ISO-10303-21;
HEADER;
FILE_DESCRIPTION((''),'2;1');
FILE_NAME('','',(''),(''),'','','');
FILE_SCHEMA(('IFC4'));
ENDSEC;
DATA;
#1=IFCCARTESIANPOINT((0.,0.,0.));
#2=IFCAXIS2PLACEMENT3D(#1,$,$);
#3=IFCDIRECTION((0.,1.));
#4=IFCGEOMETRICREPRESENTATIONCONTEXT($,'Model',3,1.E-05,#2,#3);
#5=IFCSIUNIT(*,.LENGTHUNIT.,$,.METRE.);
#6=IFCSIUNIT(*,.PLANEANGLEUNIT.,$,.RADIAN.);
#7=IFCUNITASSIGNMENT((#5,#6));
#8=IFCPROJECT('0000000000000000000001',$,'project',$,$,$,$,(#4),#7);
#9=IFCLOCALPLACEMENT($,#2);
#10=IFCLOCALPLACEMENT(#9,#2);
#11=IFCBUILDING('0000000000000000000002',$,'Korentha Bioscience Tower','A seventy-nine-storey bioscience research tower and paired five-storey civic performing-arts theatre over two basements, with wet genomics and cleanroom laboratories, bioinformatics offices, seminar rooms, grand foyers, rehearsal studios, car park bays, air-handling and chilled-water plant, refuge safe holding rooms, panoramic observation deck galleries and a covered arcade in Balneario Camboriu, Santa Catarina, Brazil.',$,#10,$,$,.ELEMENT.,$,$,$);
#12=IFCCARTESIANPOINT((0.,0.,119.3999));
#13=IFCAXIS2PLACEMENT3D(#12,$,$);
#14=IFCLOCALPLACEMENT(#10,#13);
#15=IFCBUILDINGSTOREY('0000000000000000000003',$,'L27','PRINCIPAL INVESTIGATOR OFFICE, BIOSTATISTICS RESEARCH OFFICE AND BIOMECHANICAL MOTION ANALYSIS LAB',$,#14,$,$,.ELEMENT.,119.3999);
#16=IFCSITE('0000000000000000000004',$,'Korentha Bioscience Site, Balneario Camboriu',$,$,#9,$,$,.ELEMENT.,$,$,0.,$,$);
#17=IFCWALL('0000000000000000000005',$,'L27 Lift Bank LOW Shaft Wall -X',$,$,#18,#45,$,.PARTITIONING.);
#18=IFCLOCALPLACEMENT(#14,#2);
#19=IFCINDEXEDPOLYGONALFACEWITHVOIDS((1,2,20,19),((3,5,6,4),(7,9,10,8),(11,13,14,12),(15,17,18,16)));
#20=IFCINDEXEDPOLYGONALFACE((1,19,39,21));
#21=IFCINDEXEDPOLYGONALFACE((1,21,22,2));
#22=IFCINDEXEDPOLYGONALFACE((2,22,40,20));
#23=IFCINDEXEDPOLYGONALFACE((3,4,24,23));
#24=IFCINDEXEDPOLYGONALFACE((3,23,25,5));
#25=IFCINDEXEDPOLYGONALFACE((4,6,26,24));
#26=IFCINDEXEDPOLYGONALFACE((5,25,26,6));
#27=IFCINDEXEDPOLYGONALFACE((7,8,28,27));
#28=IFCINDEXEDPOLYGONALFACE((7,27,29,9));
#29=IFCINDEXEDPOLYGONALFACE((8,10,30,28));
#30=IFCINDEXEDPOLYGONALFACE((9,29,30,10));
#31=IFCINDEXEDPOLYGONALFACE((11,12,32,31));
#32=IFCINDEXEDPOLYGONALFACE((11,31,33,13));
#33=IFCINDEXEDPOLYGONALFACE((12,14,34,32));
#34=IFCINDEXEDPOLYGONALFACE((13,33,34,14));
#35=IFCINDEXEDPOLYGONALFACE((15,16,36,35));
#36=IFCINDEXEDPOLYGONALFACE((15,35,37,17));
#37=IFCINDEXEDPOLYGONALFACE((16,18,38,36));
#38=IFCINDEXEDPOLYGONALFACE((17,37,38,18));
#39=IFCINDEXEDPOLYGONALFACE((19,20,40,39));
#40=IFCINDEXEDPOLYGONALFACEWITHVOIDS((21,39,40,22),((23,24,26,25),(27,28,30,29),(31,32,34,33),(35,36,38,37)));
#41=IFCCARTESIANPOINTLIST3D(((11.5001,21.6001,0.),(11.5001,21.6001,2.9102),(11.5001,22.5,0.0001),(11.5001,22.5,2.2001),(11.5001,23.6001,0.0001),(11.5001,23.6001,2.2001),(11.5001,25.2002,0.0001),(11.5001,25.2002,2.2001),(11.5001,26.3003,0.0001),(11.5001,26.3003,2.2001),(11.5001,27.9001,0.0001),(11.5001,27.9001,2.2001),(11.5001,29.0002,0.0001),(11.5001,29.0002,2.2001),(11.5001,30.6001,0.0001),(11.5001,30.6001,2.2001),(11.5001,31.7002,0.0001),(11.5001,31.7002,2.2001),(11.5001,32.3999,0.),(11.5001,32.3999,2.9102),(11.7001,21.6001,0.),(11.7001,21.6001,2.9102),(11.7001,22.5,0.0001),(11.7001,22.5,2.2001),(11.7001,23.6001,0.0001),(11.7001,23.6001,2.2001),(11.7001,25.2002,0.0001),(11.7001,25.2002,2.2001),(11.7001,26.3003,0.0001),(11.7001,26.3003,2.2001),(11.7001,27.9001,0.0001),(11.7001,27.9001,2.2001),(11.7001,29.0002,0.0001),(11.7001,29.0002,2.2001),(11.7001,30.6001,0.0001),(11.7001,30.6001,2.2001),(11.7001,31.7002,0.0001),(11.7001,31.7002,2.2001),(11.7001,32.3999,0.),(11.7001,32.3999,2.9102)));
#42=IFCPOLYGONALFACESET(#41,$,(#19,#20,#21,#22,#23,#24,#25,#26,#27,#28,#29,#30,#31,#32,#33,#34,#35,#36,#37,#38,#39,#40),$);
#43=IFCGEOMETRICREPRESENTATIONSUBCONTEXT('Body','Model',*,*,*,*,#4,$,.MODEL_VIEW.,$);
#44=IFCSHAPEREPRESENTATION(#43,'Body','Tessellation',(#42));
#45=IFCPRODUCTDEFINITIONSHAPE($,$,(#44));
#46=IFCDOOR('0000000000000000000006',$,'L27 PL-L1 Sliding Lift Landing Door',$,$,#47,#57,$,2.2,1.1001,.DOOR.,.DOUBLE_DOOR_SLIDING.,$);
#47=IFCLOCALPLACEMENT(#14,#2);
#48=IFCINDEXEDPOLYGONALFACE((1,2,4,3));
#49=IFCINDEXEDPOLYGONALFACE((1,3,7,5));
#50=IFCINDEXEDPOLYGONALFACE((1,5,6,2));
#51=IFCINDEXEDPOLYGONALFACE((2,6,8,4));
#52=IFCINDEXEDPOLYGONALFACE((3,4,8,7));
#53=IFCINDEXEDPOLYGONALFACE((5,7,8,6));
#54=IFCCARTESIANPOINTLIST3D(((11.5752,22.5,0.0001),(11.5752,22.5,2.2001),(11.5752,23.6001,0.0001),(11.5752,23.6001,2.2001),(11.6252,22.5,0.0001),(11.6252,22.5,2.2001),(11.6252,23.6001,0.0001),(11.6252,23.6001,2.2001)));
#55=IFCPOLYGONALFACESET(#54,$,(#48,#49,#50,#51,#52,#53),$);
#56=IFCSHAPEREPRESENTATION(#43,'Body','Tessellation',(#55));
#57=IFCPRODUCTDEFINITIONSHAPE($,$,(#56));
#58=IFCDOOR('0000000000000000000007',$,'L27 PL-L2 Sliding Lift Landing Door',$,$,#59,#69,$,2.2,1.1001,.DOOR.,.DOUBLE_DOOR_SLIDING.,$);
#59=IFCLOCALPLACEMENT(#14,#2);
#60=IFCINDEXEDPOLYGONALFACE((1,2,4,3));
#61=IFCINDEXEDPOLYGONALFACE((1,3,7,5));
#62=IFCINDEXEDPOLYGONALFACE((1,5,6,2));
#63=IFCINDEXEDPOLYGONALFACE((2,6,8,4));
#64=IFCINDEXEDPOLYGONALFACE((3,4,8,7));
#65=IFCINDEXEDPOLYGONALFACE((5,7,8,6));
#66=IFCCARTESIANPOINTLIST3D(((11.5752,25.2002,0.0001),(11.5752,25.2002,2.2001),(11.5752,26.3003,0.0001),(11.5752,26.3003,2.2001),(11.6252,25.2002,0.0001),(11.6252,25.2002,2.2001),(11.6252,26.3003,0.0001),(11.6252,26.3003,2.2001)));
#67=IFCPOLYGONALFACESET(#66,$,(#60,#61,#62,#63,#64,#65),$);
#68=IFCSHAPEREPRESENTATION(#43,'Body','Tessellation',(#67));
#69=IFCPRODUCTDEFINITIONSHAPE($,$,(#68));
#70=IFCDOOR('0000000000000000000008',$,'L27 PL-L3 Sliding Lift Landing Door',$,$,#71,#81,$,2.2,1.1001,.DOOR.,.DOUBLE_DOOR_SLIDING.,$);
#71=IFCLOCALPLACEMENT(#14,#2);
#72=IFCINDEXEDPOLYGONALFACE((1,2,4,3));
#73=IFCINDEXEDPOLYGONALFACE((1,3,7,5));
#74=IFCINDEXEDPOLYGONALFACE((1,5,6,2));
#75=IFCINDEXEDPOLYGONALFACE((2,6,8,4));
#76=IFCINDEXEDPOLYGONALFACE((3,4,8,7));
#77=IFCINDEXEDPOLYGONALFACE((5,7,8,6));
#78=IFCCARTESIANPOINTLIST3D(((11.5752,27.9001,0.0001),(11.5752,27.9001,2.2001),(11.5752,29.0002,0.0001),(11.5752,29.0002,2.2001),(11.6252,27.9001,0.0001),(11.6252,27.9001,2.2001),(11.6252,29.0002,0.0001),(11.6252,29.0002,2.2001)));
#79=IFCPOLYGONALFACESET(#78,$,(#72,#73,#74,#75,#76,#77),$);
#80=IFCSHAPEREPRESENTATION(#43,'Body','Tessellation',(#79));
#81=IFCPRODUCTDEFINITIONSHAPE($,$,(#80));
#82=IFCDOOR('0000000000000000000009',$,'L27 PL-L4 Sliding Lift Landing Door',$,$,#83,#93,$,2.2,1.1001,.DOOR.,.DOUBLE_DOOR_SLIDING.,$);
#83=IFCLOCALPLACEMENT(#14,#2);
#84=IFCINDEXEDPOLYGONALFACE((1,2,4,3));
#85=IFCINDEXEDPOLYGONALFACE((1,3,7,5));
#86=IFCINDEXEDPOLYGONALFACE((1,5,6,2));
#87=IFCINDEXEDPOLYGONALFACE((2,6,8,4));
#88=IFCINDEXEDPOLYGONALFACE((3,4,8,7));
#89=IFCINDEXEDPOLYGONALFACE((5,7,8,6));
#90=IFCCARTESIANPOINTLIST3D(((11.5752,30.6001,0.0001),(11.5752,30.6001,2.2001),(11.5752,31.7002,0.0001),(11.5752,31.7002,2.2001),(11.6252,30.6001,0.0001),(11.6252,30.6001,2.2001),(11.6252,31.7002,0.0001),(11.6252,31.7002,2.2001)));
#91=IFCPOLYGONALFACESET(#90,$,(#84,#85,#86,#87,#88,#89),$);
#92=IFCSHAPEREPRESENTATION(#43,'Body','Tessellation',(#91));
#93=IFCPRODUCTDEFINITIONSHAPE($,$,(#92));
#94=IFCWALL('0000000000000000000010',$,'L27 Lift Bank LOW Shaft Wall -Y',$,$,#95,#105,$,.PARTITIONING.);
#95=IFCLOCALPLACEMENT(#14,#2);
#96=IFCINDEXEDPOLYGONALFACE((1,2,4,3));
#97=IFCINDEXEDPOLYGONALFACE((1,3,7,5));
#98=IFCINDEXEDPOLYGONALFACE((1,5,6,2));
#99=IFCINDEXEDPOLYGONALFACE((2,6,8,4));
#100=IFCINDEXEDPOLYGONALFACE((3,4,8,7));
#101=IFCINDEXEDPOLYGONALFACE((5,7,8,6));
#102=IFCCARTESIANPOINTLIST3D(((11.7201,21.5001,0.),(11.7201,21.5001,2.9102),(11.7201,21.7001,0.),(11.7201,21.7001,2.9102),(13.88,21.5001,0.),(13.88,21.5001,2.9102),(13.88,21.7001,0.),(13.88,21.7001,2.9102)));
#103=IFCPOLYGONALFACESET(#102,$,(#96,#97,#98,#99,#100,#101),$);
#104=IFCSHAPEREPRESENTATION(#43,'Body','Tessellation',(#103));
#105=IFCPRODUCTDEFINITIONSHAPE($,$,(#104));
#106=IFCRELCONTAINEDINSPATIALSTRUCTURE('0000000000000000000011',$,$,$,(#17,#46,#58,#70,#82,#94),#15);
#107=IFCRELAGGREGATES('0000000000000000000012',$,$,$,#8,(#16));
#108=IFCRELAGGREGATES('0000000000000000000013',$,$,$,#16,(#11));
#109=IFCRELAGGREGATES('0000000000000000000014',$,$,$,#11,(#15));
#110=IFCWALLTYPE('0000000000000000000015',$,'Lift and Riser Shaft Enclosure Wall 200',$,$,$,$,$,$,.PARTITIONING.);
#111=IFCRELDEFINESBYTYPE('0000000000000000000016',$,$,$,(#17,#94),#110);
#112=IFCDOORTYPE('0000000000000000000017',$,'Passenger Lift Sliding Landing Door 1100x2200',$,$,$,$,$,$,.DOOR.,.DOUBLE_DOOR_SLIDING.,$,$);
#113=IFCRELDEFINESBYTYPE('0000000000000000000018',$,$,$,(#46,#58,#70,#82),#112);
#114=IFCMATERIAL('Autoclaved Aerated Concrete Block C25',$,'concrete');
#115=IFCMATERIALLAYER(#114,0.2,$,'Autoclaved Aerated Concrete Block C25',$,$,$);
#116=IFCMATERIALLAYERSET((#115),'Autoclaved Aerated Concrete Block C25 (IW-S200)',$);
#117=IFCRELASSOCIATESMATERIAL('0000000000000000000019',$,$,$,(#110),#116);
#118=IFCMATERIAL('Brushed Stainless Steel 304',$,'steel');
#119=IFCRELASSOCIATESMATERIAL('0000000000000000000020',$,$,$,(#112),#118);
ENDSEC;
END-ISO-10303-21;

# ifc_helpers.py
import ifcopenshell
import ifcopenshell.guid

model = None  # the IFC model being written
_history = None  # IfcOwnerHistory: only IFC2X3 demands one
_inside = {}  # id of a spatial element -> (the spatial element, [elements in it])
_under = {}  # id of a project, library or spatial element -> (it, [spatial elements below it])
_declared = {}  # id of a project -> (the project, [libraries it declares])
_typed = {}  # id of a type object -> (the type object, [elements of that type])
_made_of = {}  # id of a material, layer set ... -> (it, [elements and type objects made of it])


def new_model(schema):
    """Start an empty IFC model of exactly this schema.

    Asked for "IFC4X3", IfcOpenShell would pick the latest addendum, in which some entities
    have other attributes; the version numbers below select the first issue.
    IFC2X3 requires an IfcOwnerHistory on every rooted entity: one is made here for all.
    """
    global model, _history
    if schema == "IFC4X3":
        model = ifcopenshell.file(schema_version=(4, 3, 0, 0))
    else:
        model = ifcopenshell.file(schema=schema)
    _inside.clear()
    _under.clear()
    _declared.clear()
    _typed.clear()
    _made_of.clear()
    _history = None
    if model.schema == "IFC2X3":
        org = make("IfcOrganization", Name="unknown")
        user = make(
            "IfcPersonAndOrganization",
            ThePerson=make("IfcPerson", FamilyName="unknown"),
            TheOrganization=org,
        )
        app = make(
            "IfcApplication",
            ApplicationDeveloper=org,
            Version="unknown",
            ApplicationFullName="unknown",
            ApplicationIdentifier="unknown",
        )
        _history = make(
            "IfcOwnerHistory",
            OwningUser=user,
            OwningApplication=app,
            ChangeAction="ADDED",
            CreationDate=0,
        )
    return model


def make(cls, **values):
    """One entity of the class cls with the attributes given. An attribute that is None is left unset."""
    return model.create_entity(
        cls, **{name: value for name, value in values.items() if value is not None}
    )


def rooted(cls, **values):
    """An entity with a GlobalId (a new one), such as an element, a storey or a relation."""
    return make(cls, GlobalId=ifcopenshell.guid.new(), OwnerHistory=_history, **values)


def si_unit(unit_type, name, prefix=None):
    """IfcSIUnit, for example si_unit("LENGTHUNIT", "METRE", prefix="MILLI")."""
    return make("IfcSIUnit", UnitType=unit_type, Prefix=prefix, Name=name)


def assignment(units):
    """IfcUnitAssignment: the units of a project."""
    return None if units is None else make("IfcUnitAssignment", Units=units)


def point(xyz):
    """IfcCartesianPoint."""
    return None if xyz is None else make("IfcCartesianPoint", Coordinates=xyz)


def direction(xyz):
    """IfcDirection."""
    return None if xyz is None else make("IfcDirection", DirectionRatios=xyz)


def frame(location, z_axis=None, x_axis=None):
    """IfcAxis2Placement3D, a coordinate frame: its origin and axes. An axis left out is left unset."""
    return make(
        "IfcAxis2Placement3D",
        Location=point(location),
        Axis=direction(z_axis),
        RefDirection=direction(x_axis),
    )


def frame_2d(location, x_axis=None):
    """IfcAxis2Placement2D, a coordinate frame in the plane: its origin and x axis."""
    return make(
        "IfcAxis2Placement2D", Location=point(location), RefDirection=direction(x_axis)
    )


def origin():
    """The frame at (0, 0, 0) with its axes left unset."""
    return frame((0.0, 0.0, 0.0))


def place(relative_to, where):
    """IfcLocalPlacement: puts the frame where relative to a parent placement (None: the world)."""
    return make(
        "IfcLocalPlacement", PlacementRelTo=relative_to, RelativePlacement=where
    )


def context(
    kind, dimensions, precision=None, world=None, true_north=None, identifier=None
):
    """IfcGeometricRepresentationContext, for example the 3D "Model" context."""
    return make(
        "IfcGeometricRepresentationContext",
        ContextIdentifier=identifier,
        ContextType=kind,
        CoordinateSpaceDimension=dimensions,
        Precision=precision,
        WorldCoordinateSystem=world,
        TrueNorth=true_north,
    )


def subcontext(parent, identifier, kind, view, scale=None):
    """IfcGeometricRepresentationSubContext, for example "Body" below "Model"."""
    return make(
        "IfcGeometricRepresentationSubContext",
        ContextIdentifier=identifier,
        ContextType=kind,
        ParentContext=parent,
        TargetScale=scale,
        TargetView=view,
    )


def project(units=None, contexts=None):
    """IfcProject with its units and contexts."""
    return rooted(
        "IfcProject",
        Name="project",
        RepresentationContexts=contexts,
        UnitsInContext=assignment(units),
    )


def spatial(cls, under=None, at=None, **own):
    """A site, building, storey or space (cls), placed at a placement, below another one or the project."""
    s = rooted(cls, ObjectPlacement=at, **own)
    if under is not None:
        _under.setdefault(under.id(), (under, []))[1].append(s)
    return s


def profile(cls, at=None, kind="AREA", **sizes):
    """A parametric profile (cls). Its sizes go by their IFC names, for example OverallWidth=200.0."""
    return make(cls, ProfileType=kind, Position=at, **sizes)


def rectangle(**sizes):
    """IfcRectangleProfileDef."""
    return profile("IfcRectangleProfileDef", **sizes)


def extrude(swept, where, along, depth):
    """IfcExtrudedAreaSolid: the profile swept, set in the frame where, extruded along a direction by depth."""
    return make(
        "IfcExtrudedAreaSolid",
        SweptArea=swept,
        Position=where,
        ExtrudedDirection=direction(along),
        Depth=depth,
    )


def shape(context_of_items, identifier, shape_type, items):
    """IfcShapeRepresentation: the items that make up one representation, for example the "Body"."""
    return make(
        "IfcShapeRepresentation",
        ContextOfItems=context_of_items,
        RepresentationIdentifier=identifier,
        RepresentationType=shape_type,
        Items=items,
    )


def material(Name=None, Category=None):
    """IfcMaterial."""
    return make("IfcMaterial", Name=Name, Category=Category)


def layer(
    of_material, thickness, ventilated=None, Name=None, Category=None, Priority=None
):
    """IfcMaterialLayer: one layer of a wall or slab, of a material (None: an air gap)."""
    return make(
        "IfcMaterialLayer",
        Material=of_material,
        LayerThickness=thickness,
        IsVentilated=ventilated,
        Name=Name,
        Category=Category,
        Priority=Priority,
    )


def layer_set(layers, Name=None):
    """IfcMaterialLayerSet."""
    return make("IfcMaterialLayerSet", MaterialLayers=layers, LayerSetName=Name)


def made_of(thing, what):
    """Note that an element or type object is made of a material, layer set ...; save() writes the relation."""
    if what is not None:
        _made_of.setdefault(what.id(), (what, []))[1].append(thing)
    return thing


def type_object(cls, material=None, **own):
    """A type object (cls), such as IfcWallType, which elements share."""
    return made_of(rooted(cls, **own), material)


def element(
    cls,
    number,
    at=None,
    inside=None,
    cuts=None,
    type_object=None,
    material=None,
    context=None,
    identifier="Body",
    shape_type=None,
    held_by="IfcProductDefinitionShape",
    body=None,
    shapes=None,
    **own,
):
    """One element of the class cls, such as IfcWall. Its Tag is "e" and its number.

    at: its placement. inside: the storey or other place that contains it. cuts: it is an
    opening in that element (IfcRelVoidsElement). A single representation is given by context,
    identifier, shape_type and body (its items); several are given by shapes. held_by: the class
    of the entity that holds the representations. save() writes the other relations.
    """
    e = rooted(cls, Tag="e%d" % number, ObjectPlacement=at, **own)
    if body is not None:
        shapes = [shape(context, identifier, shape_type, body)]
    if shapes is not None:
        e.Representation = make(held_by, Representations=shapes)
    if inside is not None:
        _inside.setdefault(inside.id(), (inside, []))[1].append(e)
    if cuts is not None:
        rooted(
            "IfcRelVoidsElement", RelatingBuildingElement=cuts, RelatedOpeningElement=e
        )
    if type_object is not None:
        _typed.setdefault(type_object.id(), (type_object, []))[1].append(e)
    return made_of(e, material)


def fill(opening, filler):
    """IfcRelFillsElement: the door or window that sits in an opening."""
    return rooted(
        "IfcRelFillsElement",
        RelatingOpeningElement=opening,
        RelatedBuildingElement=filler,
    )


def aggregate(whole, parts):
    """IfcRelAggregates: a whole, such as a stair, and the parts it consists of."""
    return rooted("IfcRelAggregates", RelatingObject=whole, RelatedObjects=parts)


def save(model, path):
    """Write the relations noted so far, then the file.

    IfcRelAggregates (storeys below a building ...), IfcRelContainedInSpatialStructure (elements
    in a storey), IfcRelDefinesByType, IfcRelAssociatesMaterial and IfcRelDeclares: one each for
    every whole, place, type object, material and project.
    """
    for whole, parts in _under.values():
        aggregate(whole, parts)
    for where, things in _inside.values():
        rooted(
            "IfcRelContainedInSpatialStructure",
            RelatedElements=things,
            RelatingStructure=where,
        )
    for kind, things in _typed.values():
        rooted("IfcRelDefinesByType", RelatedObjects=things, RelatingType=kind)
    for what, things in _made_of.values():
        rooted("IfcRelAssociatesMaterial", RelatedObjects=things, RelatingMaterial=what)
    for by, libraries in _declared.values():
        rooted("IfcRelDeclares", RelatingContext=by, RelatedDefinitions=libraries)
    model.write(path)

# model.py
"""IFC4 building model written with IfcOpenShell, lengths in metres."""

from ifc_helpers import new_model, si_unit, direction, frame, frame_2d, origin, place, context, subcontext, project, spatial, rectangle, extrude, material, layer, layer_set, type_object, element, fill, save


model = new_model("IFC4")

# Units and contexts
model_context = context("Model", 3, precision=1e-05, world=origin(), true_north=direction((0.0, 1.0)))
body_context = subcontext(model_context, "Body", "Model", "MODEL_VIEW")
ifc_project = project(units=[si_unit("LENGTHUNIT", "METRE"), si_unit("PLANEANGLEUNIT", "RADIAN")], contexts=[model_context])

# Site, building, storey
site_placement = place(None, origin())
site = spatial("IfcSite", under=ifc_project, at=site_placement, Name="Korentha Bioscience Site, Balneario Camboriu", CompositionType="ELEMENT", RefElevation=0.0)
building_placement = place(site_placement, origin())
building = spatial("IfcBuilding", under=site, at=building_placement, Name="Korentha Bioscience Tower", Description="A seventy-nine-storey bioscience research tower and paired five-storey civic performing-arts theatre over two basements, with wet genomics and cleanroom laboratories, bioinformatics offices, seminar rooms, grand foyers, rehearsal studios, car park bays, air-handling and chilled-water plant, refuge safe holding rooms, panoramic observation deck galleries and a covered arcade in Balneario Camboriu, Santa Catarina, Brazil.", CompositionType="ELEMENT")
storey_placement = place(building_placement, frame((0.0, 0.0, 119.3999)))
storey = spatial("IfcBuildingStorey", under=building, at=storey_placement, Name="L27", Description="PRINCIPAL INVESTIGATOR OFFICE, BIOSTATISTICS RESEARCH OFFICE AND BIOMECHANICAL MOTION ANALYSIS LAB", CompositionType="ELEMENT", Elevation=119.3999)

# Wall, openings, doors
ifc_material_1 = material(Name="Autoclaved Aerated Concrete Block C25", Category="concrete")
ifc_layer_1 = layer(ifc_material_1, 0.2, Name="Autoclaved Aerated Concrete Block C25")
ifc_layer_set_1 = layer_set([ifc_layer_1], Name="Autoclaved Aerated Concrete Block C25 (IW-S200)")
wall_type_1 = type_object("IfcWallType", Name="Lift and Riser Shaft Enclosure Wall 200", PredefinedType="PARTITIONING", material=ifc_layer_set_1)
wall_1_placement = place(storey_placement, frame((11.6001, 21.6001, 0.0), z_axis=(0.0, 0.0, 1.0), x_axis=(0.0, 1.0, 0.0)))
wall_1 = element("IfcWall", 1, at=wall_1_placement, inside=storey, type_object=wall_type_1, Name="L27 Lift Bank LOW Shaft Wall -X", PredefinedType="PARTITIONING", context=body_context, shape_type="SweptSolid", body=[
    extrude(rectangle(XDim=10.7998, YDim=0.2, at=frame_2d((5.3999, 0.0))), origin(), (0.0, 0.0, 1.0), 2.9102),
])
opening_1_placement = place(wall_1_placement, frame((0.8999, 0.0, 0.0)))
opening_1 = element("IfcOpeningElement", 2, at=opening_1_placement, cuts=wall_1, PredefinedType="OPENING", context=body_context, shape_type="SweptSolid", body=[
    extrude(rectangle(XDim=1.1001, YDim=2.2, at=frame_2d((0.55, 1.1001))), frame((0.0, 0.1147, 0.0), z_axis=(0.0, -1.0, 0.0), x_axis=(1.0, 0.0, 0.0)), (0.0, 0.0, 1.0), 0.2297),
])
opening_2_placement = place(wall_1_placement, frame((3.6001, 0.0, 0.0)))
opening_2 = element("IfcOpeningElement", 3, at=opening_2_placement, cuts=wall_1, PredefinedType="OPENING", context=body_context, shape_type="SweptSolid", body=[
    extrude(rectangle(XDim=1.1001, YDim=2.2, at=frame_2d((0.55, 1.1001))), frame((0.0, 0.1147, 0.0), z_axis=(0.0, -1.0, 0.0), x_axis=(1.0, 0.0, 0.0)), (0.0, 0.0, 1.0), 0.2297),
])
opening_3_placement = place(wall_1_placement, frame((6.3, 0.0, 0.0)))
opening_3 = element("IfcOpeningElement", 4, at=opening_3_placement, cuts=wall_1, PredefinedType="OPENING", context=body_context, shape_type="SweptSolid", body=[
    extrude(rectangle(XDim=1.1001, YDim=2.2, at=frame_2d((0.55, 1.1001))), frame((0.0, 0.1147, 0.0), z_axis=(0.0, -1.0, 0.0), x_axis=(1.0, 0.0, 0.0)), (0.0, 0.0, 1.0), 0.2297),
])
opening_4_placement = place(wall_1_placement, frame((9.0, 0.0, 0.0)))
opening_4 = element("IfcOpeningElement", 5, at=opening_4_placement, cuts=wall_1, PredefinedType="OPENING", context=body_context, shape_type="SweptSolid", body=[
    extrude(rectangle(XDim=1.1001, YDim=2.2, at=frame_2d((0.55, 1.1001))), frame((0.0, 0.1147, 0.0), z_axis=(0.0, -1.0, 0.0), x_axis=(1.0, 0.0, 0.0)), (0.0, 0.0, 1.0), 0.2297),
])
ifc_material_2 = material(Name="Brushed Stainless Steel 304", Category="steel")
door_type_1 = type_object("IfcDoorType", Name="Passenger Lift Sliding Landing Door 1100x2200", OperationType="DOUBLE_DOOR_SLIDING", PredefinedType="DOOR", material=ifc_material_2)
door_1_placement = place(opening_1_placement, origin())
door_1 = element("IfcDoor", 6, at=door_1_placement, inside=storey, type_object=door_type_1, Name="L27 PL-L1 Sliding Lift Landing Door", OperationType="DOUBLE_DOOR_SLIDING", OverallHeight=2.2, OverallWidth=1.1001, PredefinedType="DOOR", context=body_context, shape_type="SweptSolid", body=[
    extrude(rectangle(XDim=1.1001, YDim=2.2, at=frame_2d((0.55, 1.1001))), frame((0.0, 0.0249, 0.0), z_axis=(0.0, -1.0, 0.0), x_axis=(1.0, 0.0, 0.0)), (0.0, 0.0, 1.0), 0.05),
])
fill(opening_1, door_1)
door_2_placement = place(opening_2_placement, origin())
door_2 = element("IfcDoor", 7, at=door_2_placement, inside=storey, type_object=door_type_1, Name="L27 PL-L2 Sliding Lift Landing Door", OperationType="DOUBLE_DOOR_SLIDING", OverallHeight=2.2, OverallWidth=1.1001, PredefinedType="DOOR", context=body_context, shape_type="SweptSolid", body=[
    extrude(rectangle(XDim=1.1001, YDim=2.2, at=frame_2d((0.55, 1.1001))), frame((0.0, 0.0249, 0.0), z_axis=(0.0, -1.0, 0.0), x_axis=(1.0, 0.0, 0.0)), (0.0, 0.0, 1.0), 0.05),
])
fill(opening_2, door_2)
door_3_placement = place(opening_3_placement, origin())
door_3 = element("IfcDoor", 8, at=door_3_placement, inside=storey, type_object=door_type_1, Name="L27 PL-L3 Sliding Lift Landing Door", OperationType="DOUBLE_DOOR_SLIDING", OverallHeight=2.2, OverallWidth=1.1001, PredefinedType="DOOR", context=body_context, shape_type="SweptSolid", body=[
    extrude(rectangle(XDim=1.1001, YDim=2.2, at=frame_2d((0.55, 1.1001))), frame((0.0, 0.0249, 0.0), z_axis=(0.0, -1.0, 0.0), x_axis=(1.0, 0.0, 0.0)), (0.0, 0.0, 1.0), 0.05),
])
fill(opening_3, door_3)
door_4_placement = place(opening_4_placement, origin())
door_4 = element("IfcDoor", 9, at=door_4_placement, inside=storey, type_object=door_type_1, Name="L27 PL-L4 Sliding Lift Landing Door", OperationType="DOUBLE_DOOR_SLIDING", OverallHeight=2.2, OverallWidth=1.1001, PredefinedType="DOOR", context=body_context, shape_type="SweptSolid", body=[
    extrude(rectangle(XDim=1.1001, YDim=2.2, at=frame_2d((0.55, 1.1001))), frame((0.0, 0.0249, 0.0), z_axis=(0.0, -1.0, 0.0), x_axis=(1.0, 0.0, 0.0)), (0.0, 0.0, 1.0), 0.05),
])
fill(opening_4, door_4)

# Wall
wall_2_placement = place(storey_placement, frame((11.72, 21.6001, 0.0), z_axis=(0.0, 0.0, 1.0), x_axis=(1.0, 0.0, 0.0)))
element("IfcWall", 10, at=wall_2_placement, inside=storey, type_object=wall_type_1, Name="L27 Lift Bank LOW Shaft Wall -Y", PredefinedType="PARTITIONING", context=body_context, shape_type="SweptSolid", body=[
    extrude(rectangle(XDim=2.1599, YDim=0.2, at=frame_2d((1.0801, 0.0))), origin(), (0.0, 0.0, 1.0), 2.9102),
])

save(model, "model.ifc")
